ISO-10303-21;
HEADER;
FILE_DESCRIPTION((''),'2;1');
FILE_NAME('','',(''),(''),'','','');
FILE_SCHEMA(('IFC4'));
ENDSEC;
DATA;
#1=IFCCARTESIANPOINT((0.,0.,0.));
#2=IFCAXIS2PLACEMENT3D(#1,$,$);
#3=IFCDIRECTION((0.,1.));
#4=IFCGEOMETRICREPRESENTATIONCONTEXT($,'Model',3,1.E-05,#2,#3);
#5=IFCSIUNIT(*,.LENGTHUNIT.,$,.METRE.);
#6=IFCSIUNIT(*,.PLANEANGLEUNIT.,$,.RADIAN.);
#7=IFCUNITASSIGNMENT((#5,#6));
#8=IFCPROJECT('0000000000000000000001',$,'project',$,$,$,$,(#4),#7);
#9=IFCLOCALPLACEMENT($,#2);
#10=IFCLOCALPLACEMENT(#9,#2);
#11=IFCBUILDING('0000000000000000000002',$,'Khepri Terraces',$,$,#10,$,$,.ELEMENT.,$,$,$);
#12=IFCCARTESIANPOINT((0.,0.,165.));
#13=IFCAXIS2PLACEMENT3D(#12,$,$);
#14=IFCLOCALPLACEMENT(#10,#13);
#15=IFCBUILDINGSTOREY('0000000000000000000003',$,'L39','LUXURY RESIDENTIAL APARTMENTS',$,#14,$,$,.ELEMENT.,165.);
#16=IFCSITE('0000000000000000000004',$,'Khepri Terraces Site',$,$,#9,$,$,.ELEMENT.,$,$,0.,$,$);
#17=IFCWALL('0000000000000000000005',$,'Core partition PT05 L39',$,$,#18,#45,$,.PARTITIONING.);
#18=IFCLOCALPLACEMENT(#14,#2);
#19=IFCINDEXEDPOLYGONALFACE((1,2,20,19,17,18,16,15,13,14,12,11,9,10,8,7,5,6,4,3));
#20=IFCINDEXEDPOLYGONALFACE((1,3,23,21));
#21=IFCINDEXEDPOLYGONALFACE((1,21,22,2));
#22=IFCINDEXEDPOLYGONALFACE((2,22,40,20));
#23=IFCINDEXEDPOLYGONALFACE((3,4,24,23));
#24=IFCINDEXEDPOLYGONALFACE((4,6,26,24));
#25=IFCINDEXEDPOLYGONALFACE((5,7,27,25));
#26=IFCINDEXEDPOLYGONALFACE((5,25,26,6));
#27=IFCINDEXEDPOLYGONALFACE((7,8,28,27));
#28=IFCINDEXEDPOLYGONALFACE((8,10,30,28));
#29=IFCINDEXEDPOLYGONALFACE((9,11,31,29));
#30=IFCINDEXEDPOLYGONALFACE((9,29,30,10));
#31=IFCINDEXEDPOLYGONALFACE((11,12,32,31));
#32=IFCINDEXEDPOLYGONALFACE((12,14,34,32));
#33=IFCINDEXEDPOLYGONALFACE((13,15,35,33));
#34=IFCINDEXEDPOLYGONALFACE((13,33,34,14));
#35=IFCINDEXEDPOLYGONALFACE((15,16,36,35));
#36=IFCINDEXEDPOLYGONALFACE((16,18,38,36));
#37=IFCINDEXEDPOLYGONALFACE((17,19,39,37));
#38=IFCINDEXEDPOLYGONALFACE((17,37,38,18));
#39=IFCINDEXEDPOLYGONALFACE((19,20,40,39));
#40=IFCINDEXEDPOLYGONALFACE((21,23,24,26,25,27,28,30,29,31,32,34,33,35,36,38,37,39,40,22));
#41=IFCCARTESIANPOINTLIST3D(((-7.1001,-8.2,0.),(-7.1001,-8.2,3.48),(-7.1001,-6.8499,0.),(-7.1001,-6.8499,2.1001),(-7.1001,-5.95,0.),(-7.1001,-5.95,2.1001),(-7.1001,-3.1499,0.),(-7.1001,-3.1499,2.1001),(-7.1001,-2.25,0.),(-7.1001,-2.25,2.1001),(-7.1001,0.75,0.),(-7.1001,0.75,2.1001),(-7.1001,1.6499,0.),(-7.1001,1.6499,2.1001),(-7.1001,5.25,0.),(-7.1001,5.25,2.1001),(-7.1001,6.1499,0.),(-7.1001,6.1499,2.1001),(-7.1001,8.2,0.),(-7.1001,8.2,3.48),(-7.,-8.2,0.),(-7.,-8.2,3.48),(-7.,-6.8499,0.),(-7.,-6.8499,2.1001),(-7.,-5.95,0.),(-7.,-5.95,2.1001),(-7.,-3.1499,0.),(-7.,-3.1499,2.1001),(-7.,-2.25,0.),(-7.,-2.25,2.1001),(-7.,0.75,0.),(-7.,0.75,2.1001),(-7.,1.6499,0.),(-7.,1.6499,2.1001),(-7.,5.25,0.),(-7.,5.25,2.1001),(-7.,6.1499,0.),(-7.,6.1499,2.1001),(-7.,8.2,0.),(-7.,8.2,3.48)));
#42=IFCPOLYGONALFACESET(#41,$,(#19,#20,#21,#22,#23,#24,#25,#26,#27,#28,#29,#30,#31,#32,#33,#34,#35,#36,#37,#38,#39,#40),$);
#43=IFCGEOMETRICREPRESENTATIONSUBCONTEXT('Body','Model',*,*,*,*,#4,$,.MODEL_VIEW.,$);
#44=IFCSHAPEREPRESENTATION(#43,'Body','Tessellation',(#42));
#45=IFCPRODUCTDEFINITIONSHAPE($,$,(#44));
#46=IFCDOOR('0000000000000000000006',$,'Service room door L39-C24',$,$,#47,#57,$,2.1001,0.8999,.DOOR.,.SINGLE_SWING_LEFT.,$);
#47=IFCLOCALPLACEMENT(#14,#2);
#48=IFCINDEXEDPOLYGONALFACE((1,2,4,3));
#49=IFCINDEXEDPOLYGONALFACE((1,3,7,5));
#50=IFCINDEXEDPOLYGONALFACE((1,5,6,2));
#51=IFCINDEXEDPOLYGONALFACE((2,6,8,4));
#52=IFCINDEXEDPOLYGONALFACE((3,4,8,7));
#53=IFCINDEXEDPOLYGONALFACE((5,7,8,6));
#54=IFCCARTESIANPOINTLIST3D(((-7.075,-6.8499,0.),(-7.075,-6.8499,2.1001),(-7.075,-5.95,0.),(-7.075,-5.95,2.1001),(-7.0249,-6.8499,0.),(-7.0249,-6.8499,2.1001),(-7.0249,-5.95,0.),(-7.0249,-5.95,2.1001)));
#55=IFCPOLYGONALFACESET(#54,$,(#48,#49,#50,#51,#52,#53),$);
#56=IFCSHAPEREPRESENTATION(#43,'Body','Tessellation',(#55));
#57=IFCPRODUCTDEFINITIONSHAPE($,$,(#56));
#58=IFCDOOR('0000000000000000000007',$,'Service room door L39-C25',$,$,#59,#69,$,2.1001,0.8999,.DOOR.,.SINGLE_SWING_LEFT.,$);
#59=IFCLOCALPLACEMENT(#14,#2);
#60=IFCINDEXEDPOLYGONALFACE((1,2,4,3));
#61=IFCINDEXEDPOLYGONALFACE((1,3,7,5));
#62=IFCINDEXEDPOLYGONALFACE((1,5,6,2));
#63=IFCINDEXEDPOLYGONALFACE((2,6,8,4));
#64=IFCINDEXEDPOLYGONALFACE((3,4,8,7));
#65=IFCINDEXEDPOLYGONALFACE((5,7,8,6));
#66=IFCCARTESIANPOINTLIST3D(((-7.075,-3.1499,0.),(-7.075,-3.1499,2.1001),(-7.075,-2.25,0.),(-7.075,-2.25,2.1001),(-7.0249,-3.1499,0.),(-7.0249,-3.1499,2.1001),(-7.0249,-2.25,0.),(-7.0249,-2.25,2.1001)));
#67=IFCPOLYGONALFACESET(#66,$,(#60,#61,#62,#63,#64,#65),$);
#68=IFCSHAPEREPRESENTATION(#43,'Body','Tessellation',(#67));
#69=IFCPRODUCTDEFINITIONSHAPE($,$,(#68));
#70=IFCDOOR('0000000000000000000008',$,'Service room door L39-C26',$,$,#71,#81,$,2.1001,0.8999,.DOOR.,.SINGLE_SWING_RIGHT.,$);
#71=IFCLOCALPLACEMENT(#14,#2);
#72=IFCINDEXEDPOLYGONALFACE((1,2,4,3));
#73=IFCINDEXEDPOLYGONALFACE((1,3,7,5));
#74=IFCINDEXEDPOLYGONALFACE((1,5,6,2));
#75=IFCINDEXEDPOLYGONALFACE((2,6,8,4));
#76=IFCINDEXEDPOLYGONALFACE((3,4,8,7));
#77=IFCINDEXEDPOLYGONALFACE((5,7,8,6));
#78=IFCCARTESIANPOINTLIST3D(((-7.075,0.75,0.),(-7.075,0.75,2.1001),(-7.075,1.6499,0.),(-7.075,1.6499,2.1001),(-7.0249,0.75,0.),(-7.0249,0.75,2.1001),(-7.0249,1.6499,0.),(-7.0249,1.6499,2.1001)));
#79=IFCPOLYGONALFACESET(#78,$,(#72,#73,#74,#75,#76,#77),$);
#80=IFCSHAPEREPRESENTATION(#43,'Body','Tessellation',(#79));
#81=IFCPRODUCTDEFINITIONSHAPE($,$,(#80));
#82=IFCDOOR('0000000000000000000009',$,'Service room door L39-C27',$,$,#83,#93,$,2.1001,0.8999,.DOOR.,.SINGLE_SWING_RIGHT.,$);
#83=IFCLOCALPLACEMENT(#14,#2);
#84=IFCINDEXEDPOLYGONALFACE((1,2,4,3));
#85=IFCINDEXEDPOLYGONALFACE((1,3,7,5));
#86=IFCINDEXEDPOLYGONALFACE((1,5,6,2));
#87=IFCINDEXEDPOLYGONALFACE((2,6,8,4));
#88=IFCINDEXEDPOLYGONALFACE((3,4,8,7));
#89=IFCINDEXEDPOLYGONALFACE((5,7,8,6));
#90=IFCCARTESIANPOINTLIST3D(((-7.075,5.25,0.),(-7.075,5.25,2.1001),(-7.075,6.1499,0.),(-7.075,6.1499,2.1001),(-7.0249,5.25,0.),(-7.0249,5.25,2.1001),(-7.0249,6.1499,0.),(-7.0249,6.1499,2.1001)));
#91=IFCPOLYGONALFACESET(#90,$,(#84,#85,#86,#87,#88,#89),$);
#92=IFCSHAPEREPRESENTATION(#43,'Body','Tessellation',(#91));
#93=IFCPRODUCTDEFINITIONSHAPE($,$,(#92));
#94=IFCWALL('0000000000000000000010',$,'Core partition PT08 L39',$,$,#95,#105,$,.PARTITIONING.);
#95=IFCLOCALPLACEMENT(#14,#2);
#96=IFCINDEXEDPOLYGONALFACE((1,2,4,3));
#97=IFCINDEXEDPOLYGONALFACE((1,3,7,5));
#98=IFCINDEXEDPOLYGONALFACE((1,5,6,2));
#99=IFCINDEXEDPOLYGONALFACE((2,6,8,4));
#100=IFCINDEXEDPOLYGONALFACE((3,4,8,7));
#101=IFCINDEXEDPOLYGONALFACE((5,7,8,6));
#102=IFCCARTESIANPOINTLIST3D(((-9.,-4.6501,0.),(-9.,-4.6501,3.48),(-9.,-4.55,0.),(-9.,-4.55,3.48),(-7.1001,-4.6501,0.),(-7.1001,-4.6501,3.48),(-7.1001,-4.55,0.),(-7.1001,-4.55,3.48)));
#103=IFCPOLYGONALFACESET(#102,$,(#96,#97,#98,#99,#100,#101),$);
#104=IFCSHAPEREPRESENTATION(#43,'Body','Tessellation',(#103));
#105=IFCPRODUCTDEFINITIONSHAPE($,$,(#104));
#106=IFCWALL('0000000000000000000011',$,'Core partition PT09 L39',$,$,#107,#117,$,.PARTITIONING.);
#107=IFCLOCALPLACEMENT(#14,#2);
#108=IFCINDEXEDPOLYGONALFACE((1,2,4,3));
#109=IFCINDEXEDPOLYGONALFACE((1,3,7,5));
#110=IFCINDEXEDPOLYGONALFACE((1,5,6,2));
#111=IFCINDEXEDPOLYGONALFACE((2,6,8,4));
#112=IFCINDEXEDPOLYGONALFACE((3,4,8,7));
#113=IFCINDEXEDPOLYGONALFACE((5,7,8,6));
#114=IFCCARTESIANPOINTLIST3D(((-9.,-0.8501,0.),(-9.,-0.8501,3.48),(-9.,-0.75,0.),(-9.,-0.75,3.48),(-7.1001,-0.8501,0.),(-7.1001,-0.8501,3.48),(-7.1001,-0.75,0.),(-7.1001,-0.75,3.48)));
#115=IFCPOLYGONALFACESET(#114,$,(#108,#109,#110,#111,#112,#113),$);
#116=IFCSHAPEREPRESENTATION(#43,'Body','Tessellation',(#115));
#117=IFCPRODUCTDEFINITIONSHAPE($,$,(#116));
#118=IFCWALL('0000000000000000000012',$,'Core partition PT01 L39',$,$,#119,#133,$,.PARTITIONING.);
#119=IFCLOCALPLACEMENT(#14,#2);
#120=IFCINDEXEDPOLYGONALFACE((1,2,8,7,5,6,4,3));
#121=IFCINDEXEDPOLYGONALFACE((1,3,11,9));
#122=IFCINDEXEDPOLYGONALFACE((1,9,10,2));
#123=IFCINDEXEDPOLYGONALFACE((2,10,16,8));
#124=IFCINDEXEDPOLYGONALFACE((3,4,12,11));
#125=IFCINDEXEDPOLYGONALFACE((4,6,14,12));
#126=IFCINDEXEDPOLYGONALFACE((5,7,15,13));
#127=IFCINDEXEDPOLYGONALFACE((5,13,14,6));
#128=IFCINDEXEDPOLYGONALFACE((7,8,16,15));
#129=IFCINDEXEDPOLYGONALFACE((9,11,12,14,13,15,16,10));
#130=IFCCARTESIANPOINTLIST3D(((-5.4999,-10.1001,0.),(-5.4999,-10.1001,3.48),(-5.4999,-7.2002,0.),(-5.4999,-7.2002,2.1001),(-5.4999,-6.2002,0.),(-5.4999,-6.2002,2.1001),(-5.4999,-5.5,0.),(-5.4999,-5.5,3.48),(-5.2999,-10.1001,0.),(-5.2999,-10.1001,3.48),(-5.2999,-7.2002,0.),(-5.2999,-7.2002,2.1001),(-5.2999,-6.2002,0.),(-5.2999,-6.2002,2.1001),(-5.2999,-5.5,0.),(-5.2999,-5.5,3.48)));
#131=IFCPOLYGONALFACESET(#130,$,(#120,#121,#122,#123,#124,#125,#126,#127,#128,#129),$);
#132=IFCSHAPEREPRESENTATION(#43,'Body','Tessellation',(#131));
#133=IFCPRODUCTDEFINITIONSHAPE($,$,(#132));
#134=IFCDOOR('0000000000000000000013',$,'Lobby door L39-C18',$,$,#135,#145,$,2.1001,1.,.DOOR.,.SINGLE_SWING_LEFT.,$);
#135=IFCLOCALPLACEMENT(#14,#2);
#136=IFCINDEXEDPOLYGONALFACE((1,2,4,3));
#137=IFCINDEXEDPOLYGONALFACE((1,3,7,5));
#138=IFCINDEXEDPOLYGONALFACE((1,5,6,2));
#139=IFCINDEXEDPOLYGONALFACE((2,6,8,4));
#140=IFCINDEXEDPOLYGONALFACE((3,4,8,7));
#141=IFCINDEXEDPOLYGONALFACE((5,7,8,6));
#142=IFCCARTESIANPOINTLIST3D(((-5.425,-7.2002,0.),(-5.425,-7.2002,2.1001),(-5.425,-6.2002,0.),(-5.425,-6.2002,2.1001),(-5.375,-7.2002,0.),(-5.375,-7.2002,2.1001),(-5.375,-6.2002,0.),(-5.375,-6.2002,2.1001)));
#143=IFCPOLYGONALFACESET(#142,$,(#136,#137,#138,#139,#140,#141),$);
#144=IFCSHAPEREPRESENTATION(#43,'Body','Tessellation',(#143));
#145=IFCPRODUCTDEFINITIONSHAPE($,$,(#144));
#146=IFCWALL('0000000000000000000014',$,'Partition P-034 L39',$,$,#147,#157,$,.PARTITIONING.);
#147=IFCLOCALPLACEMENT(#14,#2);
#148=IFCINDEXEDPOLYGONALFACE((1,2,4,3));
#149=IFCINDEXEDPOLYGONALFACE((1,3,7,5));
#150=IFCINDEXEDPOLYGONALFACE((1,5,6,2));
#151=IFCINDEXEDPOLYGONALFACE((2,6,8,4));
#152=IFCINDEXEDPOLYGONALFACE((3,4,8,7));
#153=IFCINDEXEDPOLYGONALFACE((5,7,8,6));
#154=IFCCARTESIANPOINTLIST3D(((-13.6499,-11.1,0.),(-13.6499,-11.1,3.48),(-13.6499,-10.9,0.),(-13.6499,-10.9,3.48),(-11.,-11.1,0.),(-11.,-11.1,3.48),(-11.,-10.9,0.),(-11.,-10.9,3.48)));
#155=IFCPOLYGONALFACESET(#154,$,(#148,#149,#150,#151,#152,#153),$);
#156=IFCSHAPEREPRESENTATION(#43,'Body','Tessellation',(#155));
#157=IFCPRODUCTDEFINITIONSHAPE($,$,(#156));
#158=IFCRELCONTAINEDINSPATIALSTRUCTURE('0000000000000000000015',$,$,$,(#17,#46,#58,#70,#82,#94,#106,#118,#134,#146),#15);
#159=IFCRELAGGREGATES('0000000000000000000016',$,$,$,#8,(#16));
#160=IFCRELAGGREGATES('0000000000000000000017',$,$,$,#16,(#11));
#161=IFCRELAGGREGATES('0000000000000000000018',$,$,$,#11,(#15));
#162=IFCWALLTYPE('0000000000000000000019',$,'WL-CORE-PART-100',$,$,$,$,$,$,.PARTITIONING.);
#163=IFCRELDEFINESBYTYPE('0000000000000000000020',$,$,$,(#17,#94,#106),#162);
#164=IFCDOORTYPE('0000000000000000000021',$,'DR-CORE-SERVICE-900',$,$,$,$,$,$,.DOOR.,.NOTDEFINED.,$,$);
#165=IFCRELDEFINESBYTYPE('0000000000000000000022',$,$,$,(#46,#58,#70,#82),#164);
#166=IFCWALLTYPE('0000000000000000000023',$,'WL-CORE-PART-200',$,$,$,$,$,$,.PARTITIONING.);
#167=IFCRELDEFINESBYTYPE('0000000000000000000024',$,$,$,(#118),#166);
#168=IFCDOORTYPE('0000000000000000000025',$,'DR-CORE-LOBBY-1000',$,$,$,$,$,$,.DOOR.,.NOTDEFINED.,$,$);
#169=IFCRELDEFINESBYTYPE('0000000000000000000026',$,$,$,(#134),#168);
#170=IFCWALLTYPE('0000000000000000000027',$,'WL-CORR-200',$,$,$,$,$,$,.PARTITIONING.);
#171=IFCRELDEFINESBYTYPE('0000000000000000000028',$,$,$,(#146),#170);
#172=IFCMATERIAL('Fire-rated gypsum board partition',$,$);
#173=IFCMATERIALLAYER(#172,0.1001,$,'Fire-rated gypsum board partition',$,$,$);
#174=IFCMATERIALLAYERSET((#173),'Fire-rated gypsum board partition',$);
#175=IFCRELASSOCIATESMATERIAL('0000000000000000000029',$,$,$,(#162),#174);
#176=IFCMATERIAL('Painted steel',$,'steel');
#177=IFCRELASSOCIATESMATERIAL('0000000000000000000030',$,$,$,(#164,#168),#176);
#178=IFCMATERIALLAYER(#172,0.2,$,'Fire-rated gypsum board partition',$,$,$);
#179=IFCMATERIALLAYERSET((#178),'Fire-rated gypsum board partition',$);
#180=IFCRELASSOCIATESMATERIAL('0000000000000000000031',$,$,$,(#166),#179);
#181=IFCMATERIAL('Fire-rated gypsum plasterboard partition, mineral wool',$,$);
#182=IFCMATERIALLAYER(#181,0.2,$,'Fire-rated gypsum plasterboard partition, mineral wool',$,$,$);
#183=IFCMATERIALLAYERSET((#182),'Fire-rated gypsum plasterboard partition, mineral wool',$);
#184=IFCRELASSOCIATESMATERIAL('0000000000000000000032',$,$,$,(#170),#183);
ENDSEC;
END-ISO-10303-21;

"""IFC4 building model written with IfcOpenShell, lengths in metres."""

from ifc_helpers import new_model, si_unit, direction, frame, frame_2d, origin, place, context, subcontext, project, spatial, rectangle, extrude, material, layer, layer_set, type_object, element, fill, save


model = new_model("IFC4")

# Units and contexts
model_context = context("Model", 3, precision=1e-05, world=origin(), true_north=direction((0.0, 1.0)))
body_context = subcontext(model_context, "Body", "Model", "MODEL_VIEW")
ifc_project = project(units=[si_unit("LENGTHUNIT", "METRE"), si_unit("PLANEANGLEUNIT", "RADIAN")], contexts=[model_context])

# Site, building, storey
site_placement = place(None, origin())
site = spatial("IfcSite", under=ifc_project, at=site_placement, Name="Khepri Terraces Site", CompositionType="ELEMENT", RefElevation=0.0)
building_placement = place(site_placement, origin())
building = spatial("IfcBuilding", under=site, at=building_placement, Name="Khepri Terraces", CompositionType="ELEMENT")
storey_placement = place(building_placement, frame((0.0, 0.0, 165.0)))
storey = spatial("IfcBuildingStorey", under=building, at=storey_placement, Name="L39", Description="LUXURY RESIDENTIAL APARTMENTS", CompositionType="ELEMENT", Elevation=165.0)

# Shared definitions
ifc_material_1 = material(Name="Painted steel", Category="steel")

# Wall, openings, doors
ifc_material_2 = material(Name="Fire-rated gypsum board partition")
ifc_layer_1 = layer(ifc_material_2, 0.1001, Name="Fire-rated gypsum board partition")
ifc_layer_set_1 = layer_set([ifc_layer_1], Name="Fire-rated gypsum board partition")
wall_type_1 = type_object("IfcWallType", Name="WL-CORE-PART-100", PredefinedType="PARTITIONING", material=ifc_layer_set_1)
wall_1_placement = place(storey_placement, frame((-7.05, -8.2, 0.0), z_axis=(0.0, 0.0, 1.0), x_axis=(0.0, 1.0, 0.0)))
wall_1 = element("IfcWall", 1, at=wall_1_placement, inside=storey, type_object=wall_type_1, Name="Core partition PT05 L39", PredefinedType="PARTITIONING", context=body_context, shape_type="SweptSolid", body=[
    extrude(rectangle(XDim=16.3999, YDim=0.1001, at=frame_2d((8.2, 0.0))), origin(), (0.0, 0.0, 1.0), 3.48),
])
opening_1_placement = place(wall_1_placement, frame((1.3501, 0.0, 0.0)))
opening_1 = element("IfcOpeningElement", 2, at=opening_1_placement, cuts=wall_1, PredefinedType="OPENING", context=body_context, shape_type="SweptSolid", body=[
    extrude(rectangle(XDim=0.8999, YDim=2.1001, at=frame_2d((0.45, 1.05))), frame((0.0, 0.0601, 0.0), z_axis=(0.0, -1.0, 0.0), x_axis=(1.0, 0.0, 0.0)), (0.0, 0.0, 1.0), 0.1201),
])
opening_2_placement = place(wall_1_placement, frame((5.05, 0.0, 0.0)))
opening_2 = element("IfcOpeningElement", 3, at=opening_2_placement, cuts=wall_1, PredefinedType="OPENING", context=body_context, shape_type="SweptSolid", body=[
    extrude(rectangle(XDim=0.8999, YDim=2.1001, at=frame_2d((0.45, 1.05))), frame((0.0, 0.0601, 0.0), z_axis=(0.0, -1.0, 0.0), x_axis=(1.0, 0.0, 0.0)), (0.0, 0.0, 1.0), 0.1201),
])
opening_3_placement = place(wall_1_placement, frame((8.95, 0.0, 0.0)))
opening_3 = element("IfcOpeningElement", 4, at=opening_3_placement, cuts=wall_1, PredefinedType="OPENING", context=body_context, shape_type="SweptSolid", body=[
    extrude(rectangle(XDim=0.8999, YDim=2.1001, at=frame_2d((0.45, 1.05))), frame((0.0, 0.0601, 0.0), z_axis=(0.0, -1.0, 0.0), x_axis=(1.0, 0.0, 0.0)), (0.0, 0.0, 1.0), 0.1201),
])
opening_4_placement = place(wall_1_placement, frame((13.45, 0.0, 0.0)))
opening_4 = element("IfcOpeningElement", 5, at=opening_4_placement, cuts=wall_1, PredefinedType="OPENING", context=body_context, shape_type="SweptSolid", body=[
    extrude(rectangle(XDim=0.8999, YDim=2.1001, at=frame_2d((0.45, 1.05))), frame((0.0, 0.0601, 0.0), z_axis=(0.0, -1.0, 0.0), x_axis=(1.0, 0.0, 0.0)), (0.0, 0.0, 1.0), 0.1201),
])
door_type_1 = type_object("IfcDoorType", Name="DR-CORE-SERVICE-900", OperationType="NOTDEFINED", PredefinedType="DOOR", material=ifc_material_1)
door_1_placement = place(opening_1_placement, origin())
door_1 = element("IfcDoor", 6, at=door_1_placement, inside=storey, type_object=door_type_1, Name="Service room door L39-C24", OperationType="SINGLE_SWING_LEFT", OverallHeight=2.1001, OverallWidth=0.8999, PredefinedType="DOOR", context=body_context, shape_type="SweptSolid", body=[
    extrude(rectangle(XDim=0.8999, YDim=2.1001, at=frame_2d((0.45, 1.05))), frame((0.0, 0.0249, 0.0), z_axis=(0.0, -1.0, 0.0), x_axis=(1.0, 0.0, 0.0)), (0.0, 0.0, 1.0), 0.05),
])
fill(opening_1, door_1)
door_2_placement = place(opening_2_placement, origin())
door_2 = element("IfcDoor", 7, at=door_2_placement, inside=storey, type_object=door_type_1, Name="Service room door L39-C25", OperationType="SINGLE_SWING_LEFT", OverallHeight=2.1001, OverallWidth=0.8999, PredefinedType="DOOR", context=body_context, shape_type="SweptSolid", body=[
    extrude(rectangle(XDim=0.8999, YDim=2.1001, at=frame_2d((0.45, 1.05))), frame((0.0, 0.0249, 0.0), z_axis=(0.0, -1.0, 0.0), x_axis=(1.0, 0.0, 0.0)), (0.0, 0.0, 1.0), 0.05),
])
fill(opening_2, door_2)
door_3_placement = place(opening_3_placement, origin())
door_3 = element("IfcDoor", 8, at=door_3_placement, inside=storey, type_object=door_type_1, Name="Service room door L39-C26", OperationType="SINGLE_SWING_RIGHT", OverallHeight=2.1001, OverallWidth=0.8999, PredefinedType="DOOR", context=body_context, shape_type="SweptSolid", body=[
    extrude(rectangle(XDim=0.8999, YDim=2.1001, at=frame_2d((0.45, 1.05))), frame((0.0, 0.0249, 0.0), z_axis=(0.0, -1.0, 0.0), x_axis=(1.0, 0.0, 0.0)), (0.0, 0.0, 1.0), 0.05),
])
fill(opening_3, door_3)
door_4_placement = place(opening_4_placement, origin())
door_4 = element("IfcDoor", 9, at=door_4_placement, inside=storey, type_object=door_type_1, Name="Service room door L39-C27", OperationType="SINGLE_SWING_RIGHT", OverallHeight=2.1001, OverallWidth=0.8999, PredefinedType="DOOR", context=body_context, shape_type="SweptSolid", body=[
    extrude(rectangle(XDim=0.8999, YDim=2.1001, at=frame_2d((0.45, 1.05))), frame((0.0, 0.0249, 0.0), z_axis=(0.0, -1.0, 0.0), x_axis=(1.0, 0.0, 0.0)), (0.0, 0.0, 1.0), 0.05),
])
fill(opening_4, door_4)

# Walls
for number, where, z_axis, x_axis, name in (
    (10, (-9.0, -4.6001, 0.0), (0.0, 0.0, 1.0), (1.0, 0.0, 0.0), "Core partition PT08 L39"),
    (11, (-9.0, -0.8, 0.0), (0.0, 0.0, 1.0), (1.0, 0.0, 0.0), "Core partition PT09 L39"),
):
    element("IfcWall", number, at=place(storey_placement, frame(where, z_axis=z_axis, x_axis=x_axis)), inside=storey, type_object=wall_type_1, Name=name, PredefinedType="PARTITIONING", context=body_context, shape_type="SweptSolid", body=[
        extrude(rectangle(XDim=1.8999, YDim=0.1001, at=frame_2d((0.95, 0.0))), origin(), (0.0, 0.0, 1.0), 3.48),
    ])

# Wall, opening, door
ifc_layer_2 = layer(ifc_material_2, 0.2, Name="Fire-rated gypsum board partition")
ifc_layer_set_2 = layer_set([ifc_layer_2], Name="Fire-rated gypsum board partition")
wall_type_2 = type_object("IfcWallType", Name="WL-CORE-PART-200", PredefinedType="PARTITIONING", material=ifc_layer_set_2)
wall_2_placement = place(storey_placement, frame((-5.3999, -10.1001, 0.0), z_axis=(0.0, 0.0, 1.0), x_axis=(0.0, 1.0, 0.0)))
wall_2 = element("IfcWall", 12, at=wall_2_placement, inside=storey, type_object=wall_type_2, Name="Core partition PT01 L39", PredefinedType="PARTITIONING", context=body_context, shape_type="SweptSolid", body=[
    extrude(rectangle(XDim=4.6001, YDim=0.2, at=frame_2d((2.3, 0.0))), origin(), (0.0, 0.0, 1.0), 3.48),
])
opening_5_placement = place(wall_2_placement, frame((2.8999, 0.0, 0.0)))
opening_5 = element("IfcOpeningElement", 13, at=opening_5_placement, cuts=wall_2, PredefinedType="OPENING", context=body_context, shape_type="SweptSolid", body=[
    extrude(rectangle(XDim=1.0, YDim=2.1001, at=frame_2d((0.5, 1.05))), frame((0.0, 0.1099, 0.0), z_axis=(0.0, -1.0, 0.0), x_axis=(1.0, 0.0, 0.0)), (0.0, 0.0, 1.0), 0.22),
])
door_type_2 = type_object("IfcDoorType", Name="DR-CORE-LOBBY-1000", OperationType="NOTDEFINED", PredefinedType="DOOR", material=ifc_material_1)
door_5_placement = place(opening_5_placement, frame((1.0, 0.0, 0.0), z_axis=(0.0, 0.0, 1.0), x_axis=(-1.0, 0.0, 0.0)))
door_5 = element("IfcDoor", 14, at=door_5_placement, inside=storey, type_object=door_type_2, Name="Lobby door L39-C18", OperationType="SINGLE_SWING_LEFT", OverallHeight=2.1001, OverallWidth=1.0, PredefinedType="DOOR", context=body_context, shape_type="SweptSolid", body=[
    extrude(rectangle(XDim=1.0, YDim=2.1001, at=frame_2d((0.5, 1.05))), frame((0.0, 0.0249, 0.0), z_axis=(0.0, -1.0, 0.0), x_axis=(1.0, 0.0, 0.0)), (0.0, 0.0, 1.0), 0.05),
])
fill(opening_5, door_5)

# Wall
ifc_material_3 = material(Name="Fire-rated gypsum plasterboard partition, mineral wool")
ifc_layer_3 = layer(ifc_material_3, 0.2, Name="Fire-rated gypsum plasterboard partition, mineral wool")
ifc_layer_set_3 = layer_set([ifc_layer_3], Name="Fire-rated gypsum plasterboard partition, mineral wool")
wall_type_3 = type_object("IfcWallType", Name="WL-CORR-200", PredefinedType="PARTITIONING", material=ifc_layer_set_3)
wall_3_placement = place(storey_placement, frame((-13.6499, -11.0, 0.0), z_axis=(0.0, 0.0, 1.0), x_axis=(1.0, 0.0, 0.0)))
element("IfcWall", 15, at=wall_3_placement, inside=storey, type_object=wall_type_3, Name="Partition P-034 L39", PredefinedType="PARTITIONING", context=body_context, shape_type="SweptSolid", body=[
    extrude(rectangle(XDim=2.6499, YDim=0.2, at=frame_2d((1.325, 0.0))), origin(), (0.0, 0.0, 1.0), 3.48),
])

save(model, "model.ifc")
